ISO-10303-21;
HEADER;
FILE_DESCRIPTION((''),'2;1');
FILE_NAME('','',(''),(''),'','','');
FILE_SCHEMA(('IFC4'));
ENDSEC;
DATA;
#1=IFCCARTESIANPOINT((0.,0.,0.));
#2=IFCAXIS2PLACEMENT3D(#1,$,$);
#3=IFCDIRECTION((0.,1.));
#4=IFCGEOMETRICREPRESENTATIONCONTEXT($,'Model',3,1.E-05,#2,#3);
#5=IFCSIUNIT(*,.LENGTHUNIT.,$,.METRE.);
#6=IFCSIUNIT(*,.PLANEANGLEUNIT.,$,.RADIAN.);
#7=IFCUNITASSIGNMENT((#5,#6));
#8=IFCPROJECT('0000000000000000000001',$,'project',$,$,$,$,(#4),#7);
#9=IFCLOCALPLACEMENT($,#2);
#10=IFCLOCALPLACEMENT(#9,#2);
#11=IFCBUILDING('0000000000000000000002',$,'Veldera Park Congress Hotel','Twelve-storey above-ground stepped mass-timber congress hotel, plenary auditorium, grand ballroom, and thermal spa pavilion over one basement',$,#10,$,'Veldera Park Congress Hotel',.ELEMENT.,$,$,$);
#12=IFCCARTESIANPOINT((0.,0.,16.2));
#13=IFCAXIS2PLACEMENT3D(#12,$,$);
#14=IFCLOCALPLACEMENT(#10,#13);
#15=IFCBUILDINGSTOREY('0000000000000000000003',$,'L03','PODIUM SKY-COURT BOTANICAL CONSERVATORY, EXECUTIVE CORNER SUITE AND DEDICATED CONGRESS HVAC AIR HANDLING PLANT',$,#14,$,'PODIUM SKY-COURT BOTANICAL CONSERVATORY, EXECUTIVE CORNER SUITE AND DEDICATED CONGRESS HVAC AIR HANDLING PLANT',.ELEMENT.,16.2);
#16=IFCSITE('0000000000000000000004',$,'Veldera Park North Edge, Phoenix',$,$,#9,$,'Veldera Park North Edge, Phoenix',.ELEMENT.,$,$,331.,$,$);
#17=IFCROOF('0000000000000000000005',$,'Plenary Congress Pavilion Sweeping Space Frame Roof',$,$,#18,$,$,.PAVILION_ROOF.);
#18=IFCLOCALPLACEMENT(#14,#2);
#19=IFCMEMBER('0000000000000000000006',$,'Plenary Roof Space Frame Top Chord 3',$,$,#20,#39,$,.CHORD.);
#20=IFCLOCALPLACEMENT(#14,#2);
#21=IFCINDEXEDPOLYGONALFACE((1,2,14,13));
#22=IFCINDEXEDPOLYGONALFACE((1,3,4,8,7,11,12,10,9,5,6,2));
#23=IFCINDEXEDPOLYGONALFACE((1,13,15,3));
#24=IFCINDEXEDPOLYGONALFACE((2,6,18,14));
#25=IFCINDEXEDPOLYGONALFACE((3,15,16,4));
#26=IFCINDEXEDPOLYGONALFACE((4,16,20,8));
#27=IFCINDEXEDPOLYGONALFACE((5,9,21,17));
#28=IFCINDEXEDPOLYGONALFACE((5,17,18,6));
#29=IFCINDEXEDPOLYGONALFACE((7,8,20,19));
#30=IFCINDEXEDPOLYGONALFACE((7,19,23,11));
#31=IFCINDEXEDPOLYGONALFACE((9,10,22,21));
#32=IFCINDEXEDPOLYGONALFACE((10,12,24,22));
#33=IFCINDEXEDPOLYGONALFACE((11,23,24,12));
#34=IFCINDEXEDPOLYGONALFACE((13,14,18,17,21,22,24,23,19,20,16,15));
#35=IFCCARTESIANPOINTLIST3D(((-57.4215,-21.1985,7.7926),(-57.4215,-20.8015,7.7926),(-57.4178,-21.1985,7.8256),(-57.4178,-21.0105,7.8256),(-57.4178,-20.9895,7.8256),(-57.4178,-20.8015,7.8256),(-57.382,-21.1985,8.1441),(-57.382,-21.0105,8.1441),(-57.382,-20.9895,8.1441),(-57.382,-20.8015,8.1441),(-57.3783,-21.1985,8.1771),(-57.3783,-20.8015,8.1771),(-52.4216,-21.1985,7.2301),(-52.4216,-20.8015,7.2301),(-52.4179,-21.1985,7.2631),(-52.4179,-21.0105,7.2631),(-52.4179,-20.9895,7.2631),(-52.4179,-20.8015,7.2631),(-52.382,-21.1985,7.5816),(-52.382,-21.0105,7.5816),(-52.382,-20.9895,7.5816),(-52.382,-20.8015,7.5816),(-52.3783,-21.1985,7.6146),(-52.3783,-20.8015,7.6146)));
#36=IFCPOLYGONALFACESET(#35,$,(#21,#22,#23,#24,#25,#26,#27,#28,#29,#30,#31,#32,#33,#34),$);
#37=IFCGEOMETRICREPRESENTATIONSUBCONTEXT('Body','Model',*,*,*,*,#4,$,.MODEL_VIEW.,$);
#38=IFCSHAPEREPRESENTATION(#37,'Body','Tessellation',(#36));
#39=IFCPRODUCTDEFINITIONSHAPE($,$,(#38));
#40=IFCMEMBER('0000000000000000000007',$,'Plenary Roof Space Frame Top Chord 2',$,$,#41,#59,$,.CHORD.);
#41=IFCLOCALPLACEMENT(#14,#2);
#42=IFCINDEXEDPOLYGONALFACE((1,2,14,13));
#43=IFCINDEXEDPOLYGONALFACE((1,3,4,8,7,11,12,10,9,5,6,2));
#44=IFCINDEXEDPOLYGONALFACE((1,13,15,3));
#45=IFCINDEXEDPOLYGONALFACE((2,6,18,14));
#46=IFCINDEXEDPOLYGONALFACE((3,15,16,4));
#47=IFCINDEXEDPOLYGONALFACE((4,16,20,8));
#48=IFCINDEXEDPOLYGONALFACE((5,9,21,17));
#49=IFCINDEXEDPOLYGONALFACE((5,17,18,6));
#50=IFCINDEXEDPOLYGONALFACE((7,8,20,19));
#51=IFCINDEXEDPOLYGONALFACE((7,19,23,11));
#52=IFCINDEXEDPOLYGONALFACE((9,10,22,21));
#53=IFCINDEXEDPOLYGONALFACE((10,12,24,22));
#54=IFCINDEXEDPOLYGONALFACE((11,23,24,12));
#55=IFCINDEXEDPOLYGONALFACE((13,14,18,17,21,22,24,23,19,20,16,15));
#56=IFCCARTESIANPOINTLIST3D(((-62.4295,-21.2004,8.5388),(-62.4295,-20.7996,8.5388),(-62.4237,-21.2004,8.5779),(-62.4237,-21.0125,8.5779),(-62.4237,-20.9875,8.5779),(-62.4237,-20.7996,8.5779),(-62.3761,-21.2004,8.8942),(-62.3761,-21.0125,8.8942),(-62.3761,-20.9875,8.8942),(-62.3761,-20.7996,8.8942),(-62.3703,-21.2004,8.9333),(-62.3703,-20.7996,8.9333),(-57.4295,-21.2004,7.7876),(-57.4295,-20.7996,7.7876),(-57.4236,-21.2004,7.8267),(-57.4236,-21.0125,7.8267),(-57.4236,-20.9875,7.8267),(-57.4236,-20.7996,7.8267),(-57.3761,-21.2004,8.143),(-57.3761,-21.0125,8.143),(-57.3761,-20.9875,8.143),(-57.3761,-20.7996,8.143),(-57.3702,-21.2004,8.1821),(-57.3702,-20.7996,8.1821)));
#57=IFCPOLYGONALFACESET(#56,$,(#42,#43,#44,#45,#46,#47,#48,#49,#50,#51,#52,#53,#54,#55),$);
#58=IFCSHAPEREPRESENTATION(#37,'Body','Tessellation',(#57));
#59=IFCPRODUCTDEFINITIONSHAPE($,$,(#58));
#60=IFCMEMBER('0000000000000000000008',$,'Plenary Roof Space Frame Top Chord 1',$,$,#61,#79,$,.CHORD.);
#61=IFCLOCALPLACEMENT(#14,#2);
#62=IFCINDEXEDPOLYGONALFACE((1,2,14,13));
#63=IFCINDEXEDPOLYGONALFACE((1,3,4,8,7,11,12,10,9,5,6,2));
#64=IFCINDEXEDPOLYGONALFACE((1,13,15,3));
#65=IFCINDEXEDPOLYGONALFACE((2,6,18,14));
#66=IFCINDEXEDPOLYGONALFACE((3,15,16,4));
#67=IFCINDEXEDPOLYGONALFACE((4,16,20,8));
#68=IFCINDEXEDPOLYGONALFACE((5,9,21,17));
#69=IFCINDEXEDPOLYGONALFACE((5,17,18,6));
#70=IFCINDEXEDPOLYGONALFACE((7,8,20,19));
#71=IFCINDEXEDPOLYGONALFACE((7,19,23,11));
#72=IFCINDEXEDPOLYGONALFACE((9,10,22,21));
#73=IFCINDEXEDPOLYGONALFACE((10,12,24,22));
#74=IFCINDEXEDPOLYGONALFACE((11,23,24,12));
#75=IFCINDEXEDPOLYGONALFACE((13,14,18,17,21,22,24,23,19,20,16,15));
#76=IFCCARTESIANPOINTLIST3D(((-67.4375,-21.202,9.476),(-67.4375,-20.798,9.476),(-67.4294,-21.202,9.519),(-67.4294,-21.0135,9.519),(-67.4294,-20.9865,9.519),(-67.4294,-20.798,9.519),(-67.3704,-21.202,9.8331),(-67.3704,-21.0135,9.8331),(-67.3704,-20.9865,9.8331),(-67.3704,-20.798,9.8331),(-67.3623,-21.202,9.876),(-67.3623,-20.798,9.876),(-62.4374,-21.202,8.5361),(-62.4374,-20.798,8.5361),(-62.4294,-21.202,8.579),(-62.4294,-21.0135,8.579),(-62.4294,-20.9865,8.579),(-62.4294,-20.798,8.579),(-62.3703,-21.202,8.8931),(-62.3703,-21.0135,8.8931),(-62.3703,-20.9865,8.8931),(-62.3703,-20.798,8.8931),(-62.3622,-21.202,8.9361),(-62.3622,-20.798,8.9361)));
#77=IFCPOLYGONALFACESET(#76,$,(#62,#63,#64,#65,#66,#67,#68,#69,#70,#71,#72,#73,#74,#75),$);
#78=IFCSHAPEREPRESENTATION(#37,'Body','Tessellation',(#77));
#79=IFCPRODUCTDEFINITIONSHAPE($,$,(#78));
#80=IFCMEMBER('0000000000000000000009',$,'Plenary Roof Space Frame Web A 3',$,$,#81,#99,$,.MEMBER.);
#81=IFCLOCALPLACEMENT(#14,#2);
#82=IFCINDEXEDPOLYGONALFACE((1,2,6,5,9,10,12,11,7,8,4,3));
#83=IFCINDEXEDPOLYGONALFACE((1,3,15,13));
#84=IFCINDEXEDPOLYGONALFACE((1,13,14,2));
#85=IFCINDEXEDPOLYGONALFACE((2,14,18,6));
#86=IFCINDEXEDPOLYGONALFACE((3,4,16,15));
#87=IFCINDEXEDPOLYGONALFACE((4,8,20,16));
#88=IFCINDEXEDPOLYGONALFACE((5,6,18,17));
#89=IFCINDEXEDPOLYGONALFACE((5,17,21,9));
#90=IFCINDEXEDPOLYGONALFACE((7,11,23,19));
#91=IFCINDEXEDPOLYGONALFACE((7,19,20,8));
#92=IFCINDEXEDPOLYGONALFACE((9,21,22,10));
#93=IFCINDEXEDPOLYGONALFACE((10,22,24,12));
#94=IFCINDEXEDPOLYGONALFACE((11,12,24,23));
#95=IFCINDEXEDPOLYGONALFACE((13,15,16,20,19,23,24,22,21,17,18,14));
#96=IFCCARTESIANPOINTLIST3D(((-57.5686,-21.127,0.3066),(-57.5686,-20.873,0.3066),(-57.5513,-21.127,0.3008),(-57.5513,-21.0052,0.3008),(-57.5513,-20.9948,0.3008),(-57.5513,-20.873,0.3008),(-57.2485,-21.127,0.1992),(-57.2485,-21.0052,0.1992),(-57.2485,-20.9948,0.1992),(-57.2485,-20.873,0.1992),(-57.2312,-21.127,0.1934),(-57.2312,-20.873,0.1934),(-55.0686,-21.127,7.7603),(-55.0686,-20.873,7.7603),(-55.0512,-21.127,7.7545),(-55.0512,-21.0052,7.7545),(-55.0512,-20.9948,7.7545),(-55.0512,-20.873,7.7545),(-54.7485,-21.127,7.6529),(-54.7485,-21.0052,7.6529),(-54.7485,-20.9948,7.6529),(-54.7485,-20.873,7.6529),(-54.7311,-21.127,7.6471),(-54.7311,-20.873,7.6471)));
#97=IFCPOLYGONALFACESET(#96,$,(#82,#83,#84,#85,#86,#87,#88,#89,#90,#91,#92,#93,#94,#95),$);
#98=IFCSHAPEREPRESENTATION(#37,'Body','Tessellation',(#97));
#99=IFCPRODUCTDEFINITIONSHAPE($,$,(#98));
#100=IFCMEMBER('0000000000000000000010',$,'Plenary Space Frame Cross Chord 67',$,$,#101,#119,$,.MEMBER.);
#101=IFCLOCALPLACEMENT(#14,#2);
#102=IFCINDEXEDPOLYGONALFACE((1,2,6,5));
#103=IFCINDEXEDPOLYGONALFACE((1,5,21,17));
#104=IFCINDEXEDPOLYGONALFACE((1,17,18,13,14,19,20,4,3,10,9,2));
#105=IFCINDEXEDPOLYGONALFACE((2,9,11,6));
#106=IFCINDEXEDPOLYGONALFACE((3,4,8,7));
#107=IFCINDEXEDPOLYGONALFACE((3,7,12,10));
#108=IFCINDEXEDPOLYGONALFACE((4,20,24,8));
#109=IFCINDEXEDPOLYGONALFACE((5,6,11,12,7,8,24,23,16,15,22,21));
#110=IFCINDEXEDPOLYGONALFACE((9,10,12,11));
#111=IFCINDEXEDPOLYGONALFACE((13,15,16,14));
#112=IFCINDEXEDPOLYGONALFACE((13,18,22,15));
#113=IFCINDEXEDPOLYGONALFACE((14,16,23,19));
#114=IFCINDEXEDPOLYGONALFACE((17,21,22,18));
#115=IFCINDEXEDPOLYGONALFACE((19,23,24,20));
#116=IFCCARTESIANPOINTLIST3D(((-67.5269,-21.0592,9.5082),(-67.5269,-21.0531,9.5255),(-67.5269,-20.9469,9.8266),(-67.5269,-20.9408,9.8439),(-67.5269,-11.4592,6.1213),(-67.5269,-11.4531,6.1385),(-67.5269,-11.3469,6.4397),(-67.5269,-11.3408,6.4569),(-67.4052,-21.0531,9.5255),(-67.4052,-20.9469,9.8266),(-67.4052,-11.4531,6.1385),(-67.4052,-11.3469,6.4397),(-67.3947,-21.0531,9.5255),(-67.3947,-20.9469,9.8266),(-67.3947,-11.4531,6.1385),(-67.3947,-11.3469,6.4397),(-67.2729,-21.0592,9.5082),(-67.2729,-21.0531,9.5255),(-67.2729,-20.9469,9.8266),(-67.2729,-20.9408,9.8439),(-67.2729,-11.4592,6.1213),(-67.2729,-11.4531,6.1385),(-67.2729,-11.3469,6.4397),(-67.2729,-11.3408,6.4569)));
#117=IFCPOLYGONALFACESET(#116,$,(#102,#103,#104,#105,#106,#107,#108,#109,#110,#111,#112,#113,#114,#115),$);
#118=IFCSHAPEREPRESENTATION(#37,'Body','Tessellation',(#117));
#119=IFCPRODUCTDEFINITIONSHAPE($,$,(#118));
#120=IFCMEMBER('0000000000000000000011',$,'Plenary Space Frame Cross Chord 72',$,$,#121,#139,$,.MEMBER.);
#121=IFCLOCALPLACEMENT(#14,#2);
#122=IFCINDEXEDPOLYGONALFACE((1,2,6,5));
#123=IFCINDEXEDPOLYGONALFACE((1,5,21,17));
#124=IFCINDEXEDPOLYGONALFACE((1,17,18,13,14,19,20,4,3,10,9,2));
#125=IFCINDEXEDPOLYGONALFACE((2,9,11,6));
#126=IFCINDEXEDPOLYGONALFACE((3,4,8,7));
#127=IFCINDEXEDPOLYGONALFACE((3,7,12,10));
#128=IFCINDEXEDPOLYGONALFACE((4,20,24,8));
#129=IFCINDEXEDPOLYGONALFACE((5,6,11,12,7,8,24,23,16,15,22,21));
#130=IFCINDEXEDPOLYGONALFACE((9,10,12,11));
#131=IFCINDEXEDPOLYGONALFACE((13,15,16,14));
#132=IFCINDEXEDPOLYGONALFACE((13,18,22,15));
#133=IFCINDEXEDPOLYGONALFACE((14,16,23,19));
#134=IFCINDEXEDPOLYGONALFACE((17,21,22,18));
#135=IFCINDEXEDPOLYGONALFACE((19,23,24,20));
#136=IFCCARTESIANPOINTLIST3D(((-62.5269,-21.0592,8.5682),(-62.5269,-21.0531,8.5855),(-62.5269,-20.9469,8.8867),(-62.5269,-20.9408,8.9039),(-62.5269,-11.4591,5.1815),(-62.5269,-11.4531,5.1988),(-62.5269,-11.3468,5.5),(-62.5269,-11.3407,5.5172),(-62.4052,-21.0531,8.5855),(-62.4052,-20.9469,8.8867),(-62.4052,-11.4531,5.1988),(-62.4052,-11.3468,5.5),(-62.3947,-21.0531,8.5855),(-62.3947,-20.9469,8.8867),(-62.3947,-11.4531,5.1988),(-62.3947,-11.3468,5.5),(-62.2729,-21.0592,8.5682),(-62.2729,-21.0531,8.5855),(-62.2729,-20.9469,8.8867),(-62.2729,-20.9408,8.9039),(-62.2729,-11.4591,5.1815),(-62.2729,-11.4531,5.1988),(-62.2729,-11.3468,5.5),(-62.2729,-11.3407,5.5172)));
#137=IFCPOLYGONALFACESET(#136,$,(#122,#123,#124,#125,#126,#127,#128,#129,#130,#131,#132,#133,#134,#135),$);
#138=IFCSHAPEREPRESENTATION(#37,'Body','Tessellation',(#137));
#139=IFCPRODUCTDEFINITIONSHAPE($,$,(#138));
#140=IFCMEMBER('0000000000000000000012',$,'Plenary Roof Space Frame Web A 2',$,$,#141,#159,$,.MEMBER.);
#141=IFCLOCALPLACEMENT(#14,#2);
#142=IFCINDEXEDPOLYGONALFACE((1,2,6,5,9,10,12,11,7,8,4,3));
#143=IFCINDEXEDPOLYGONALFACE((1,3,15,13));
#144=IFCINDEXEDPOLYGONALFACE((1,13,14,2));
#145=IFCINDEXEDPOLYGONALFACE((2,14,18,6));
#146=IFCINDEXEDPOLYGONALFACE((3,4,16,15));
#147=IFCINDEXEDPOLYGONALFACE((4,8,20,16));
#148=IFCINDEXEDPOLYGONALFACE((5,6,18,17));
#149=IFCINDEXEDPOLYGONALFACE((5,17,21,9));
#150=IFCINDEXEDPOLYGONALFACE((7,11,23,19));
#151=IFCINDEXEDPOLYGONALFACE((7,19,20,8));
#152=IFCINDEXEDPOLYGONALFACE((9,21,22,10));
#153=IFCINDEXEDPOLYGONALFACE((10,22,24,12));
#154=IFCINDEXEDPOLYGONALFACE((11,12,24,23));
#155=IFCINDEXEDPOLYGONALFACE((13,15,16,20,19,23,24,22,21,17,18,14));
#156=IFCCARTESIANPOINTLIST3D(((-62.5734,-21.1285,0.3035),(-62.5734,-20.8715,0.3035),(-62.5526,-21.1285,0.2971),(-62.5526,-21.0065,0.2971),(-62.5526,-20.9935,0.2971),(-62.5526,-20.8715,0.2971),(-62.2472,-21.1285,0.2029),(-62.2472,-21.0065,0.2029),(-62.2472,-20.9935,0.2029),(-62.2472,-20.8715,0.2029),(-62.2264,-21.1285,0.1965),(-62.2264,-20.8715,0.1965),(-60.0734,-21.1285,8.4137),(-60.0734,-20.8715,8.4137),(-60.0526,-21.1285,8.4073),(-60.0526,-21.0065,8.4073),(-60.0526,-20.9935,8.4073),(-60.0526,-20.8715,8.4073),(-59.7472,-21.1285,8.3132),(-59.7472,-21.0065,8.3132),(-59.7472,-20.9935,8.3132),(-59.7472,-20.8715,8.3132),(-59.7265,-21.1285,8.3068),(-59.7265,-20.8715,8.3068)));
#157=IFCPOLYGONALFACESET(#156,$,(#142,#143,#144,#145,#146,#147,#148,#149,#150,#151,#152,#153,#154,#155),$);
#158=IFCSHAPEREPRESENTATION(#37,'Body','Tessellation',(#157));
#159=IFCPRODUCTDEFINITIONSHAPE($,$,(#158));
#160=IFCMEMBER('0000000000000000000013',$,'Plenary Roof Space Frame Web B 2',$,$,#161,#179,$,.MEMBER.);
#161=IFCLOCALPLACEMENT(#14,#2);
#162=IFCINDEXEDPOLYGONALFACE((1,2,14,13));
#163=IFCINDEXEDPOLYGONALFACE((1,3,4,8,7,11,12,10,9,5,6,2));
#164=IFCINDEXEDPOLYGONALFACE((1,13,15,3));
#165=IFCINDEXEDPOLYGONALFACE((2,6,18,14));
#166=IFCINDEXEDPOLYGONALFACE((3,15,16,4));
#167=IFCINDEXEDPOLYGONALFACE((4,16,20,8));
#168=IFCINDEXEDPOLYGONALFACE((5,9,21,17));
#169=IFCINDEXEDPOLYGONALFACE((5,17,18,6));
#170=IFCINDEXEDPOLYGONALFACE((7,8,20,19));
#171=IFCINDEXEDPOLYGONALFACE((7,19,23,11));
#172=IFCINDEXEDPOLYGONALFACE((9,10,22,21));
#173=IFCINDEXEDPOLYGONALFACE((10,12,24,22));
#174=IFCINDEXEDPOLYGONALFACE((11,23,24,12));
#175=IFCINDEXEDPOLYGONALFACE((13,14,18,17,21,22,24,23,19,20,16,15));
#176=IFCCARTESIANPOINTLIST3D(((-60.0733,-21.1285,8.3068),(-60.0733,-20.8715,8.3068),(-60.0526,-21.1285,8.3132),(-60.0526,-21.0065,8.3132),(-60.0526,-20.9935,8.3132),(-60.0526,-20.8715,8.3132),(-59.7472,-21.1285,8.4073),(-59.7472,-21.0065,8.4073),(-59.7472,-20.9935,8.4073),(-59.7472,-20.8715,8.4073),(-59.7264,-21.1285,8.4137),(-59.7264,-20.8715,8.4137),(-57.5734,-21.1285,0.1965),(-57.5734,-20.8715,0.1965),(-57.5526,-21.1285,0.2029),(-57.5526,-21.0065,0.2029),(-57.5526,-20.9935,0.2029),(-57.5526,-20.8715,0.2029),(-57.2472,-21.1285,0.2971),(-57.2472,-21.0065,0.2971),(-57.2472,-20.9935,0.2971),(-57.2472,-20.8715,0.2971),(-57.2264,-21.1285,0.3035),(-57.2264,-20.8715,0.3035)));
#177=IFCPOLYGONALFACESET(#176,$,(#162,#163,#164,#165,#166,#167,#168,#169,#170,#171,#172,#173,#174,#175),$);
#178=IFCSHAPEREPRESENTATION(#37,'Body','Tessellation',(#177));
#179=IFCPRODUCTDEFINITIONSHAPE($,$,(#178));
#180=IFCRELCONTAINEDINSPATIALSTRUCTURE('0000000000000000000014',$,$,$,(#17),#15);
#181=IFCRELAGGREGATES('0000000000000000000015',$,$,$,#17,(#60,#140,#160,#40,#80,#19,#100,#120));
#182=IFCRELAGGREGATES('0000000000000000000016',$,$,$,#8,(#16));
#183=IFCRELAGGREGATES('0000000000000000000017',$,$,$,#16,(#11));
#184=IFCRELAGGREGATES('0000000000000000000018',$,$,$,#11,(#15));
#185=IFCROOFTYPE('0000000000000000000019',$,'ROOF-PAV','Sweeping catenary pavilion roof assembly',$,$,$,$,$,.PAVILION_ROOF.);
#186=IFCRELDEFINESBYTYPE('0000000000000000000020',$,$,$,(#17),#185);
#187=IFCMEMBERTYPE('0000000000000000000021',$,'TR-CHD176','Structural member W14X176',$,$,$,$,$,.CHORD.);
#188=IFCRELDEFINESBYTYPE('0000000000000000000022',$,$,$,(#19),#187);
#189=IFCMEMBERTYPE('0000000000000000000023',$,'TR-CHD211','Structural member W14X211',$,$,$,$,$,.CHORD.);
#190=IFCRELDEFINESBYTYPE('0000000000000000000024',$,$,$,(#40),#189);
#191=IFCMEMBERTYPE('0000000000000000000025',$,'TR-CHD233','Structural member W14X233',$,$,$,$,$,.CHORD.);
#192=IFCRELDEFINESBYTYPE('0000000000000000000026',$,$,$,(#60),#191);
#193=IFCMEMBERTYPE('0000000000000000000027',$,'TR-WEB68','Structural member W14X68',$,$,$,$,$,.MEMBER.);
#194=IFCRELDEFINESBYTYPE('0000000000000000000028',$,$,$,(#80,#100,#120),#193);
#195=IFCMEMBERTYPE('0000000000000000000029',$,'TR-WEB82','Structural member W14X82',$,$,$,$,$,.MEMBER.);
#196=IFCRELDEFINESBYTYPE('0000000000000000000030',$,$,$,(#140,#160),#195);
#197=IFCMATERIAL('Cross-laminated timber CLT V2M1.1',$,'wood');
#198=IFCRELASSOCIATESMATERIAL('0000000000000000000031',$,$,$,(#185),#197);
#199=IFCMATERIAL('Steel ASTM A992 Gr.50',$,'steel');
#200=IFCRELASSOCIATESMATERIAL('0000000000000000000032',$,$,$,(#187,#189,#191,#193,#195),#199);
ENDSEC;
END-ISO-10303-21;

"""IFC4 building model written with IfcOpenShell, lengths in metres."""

from ifc_helpers import new_model, si_unit, direction, frame, origin, origin_2d, place, context, subcontext, project, spatial, i_section, extrude, material, material_profile, profile_set, type_object, element, aggregate, save


model = new_model("IFC4")

# Units and contexts
model_context = context("Model", 3, precision=1e-05, world=origin(), true_north=direction((0.0, 1.0)))
body_context = subcontext(model_context, "Body", "Model", "MODEL_VIEW")
ifc_project = project(units=[si_unit("LENGTHUNIT", "METRE"), si_unit("PLANEANGLEUNIT", "RADIAN")], contexts=[model_context])

# Site, building, storey
site_placement = place(None, origin())
site = spatial("IfcSite", under=ifc_project, at=site_placement, Name="Veldera Park North Edge, Phoenix", LongName="Veldera Park North Edge, Phoenix", CompositionType="ELEMENT", RefElevation=331.0)
building_placement = place(site_placement, origin())
building = spatial("IfcBuilding", under=site, at=building_placement, Name="Veldera Park Congress Hotel", Description="Twelve-storey above-ground stepped mass-timber congress hotel, plenary auditorium, grand ballroom, and thermal spa pavilion over one basement", LongName="Veldera Park Congress Hotel", CompositionType="ELEMENT")
storey_placement = place(building_placement, frame((0.0, 0.0, 16.2)))
storey = spatial("IfcBuildingStorey", under=building, at=storey_placement, Name="L03", Description="PODIUM SKY-COURT BOTANICAL CONSERVATORY, EXECUTIVE CORNER SUITE AND DEDICATED CONGRESS HVAC AIR HANDLING PLANT", LongName="PODIUM SKY-COURT BOTANICAL CONSERVATORY, EXECUTIVE CORNER SUITE AND DEDICATED CONGRESS HVAC AIR HANDLING PLANT", CompositionType="ELEMENT", Elevation=16.2)

# Shared definitions
ifc_material_1 = material(Name="Steel ASTM A992 Gr.50", Category="steel")

# Roof, members
ifc_material_2 = material(Name="Cross-laminated timber CLT V2M1.1", Category="wood")
roof_type_1 = type_object("IfcRoofType", Name="ROOF-PAV", Description="Sweeping catenary pavilion roof assembly", PredefinedType="PAVILION_ROOF", material=ifc_material_2)
roof_1_placement = place(storey_placement, origin())
roof_1 = element("IfcRoof", 1, at=roof_1_placement, inside=storey, type_object=roof_type_1, Name="Plenary Congress Pavilion Sweeping Space Frame Roof", PredefinedType="PAVILION_ROOF")
ifc_material_profile_1 = material_profile(ifc_material_1, i_section(OverallWidth=0.397, OverallDepth=0.387, WebThickness=0.021, FlangeThickness=0.0332, at=origin_2d()), Name="W14X176")
ifc_profile_set_1 = profile_set([ifc_material_profile_1], Name="Steel ASTM A992 Gr.50")
member_type_1 = type_object("IfcMemberType", Name="TR-CHD176", Description="Structural member W14X176", PredefinedType="CHORD", material=ifc_profile_set_1)
member_1_placement = place(storey_placement, frame((-57.3999, -21.0, 7.9849), z_axis=(0.993731, 0.0, -0.111795), x_axis=(0.0, 1.0, 0.0)))
member_1 = element("IfcMember", 2, at=member_1_placement, type_object=member_type_1, Name="Plenary Roof Space Frame Top Chord 3", PredefinedType="CHORD", context=body_context, shape_type="SweptSolid", body=[
    extrude(i_section(OverallWidth=0.397, OverallDepth=0.387, WebThickness=0.021, FlangeThickness=0.0332, at=origin_2d()), origin(), (0.0, 0.0, 1.0), 5.0315),
])
ifc_material_profile_2 = material_profile(ifc_material_1, i_section(OverallWidth=0.4009, OverallDepth=0.3989, WebThickness=0.0249, FlangeThickness=0.0396, at=origin_2d()), Name="W14X211")
ifc_profile_set_2 = profile_set([ifc_material_profile_2], Name="Steel ASTM A992 Gr.50")
member_type_2 = type_object("IfcMemberType", Name="TR-CHD211", Description="Structural member W14X211", PredefinedType="CHORD", material=ifc_profile_set_2)
member_2_placement = place(storey_placement, frame((-62.3999, -21.0, 8.7361), z_axis=(0.988901, 0.0, -0.148577), x_axis=(0.0, 1.0, 0.0)))
member_2 = element("IfcMember", 3, at=member_2_placement, type_object=member_type_2, Name="Plenary Roof Space Frame Top Chord 2", PredefinedType="CHORD", context=body_context, shape_type="SweptSolid", body=[
    extrude(i_section(OverallWidth=0.4009, OverallDepth=0.3989, WebThickness=0.0249, FlangeThickness=0.0396, at=origin_2d()), origin(), (0.0, 0.0, 1.0), 5.0562),
])
ifc_material_profile_3 = material_profile(ifc_material_1, i_section(OverallWidth=0.4041, OverallDepth=0.407, WebThickness=0.0271, FlangeThickness=0.0437, at=origin_2d()), Name="W14X233")
ifc_profile_set_3 = profile_set([ifc_material_profile_3], Name="Steel ASTM A992 Gr.50")
member_type_3 = type_object("IfcMemberType", Name="TR-CHD233", Description="Structural member W14X233", PredefinedType="CHORD", material=ifc_profile_set_3)
member_3_placement = place(storey_placement, frame((-67.3999, -21.0, 9.676), z_axis=(0.982785, 0.0, -0.184752), x_axis=(0.0, 1.0, 0.0)))
member_3 = element("IfcMember", 4, at=member_3_placement, type_object=member_type_3, Name="Plenary Roof Space Frame Top Chord 1", PredefinedType="CHORD", context=body_context, shape_type="SweptSolid", body=[
    extrude(i_section(OverallWidth=0.4041, OverallDepth=0.407, WebThickness=0.0271, FlangeThickness=0.0437, at=origin_2d()), origin(), (0.0, 0.0, 1.0), 5.0876),
])
ifc_material_profile_4 = material_profile(ifc_material_1, i_section(OverallWidth=0.2539, OverallDepth=0.356, WebThickness=0.0105, FlangeThickness=0.0183, at=origin_2d()), Name="W14X68")
ifc_profile_set_4 = profile_set([ifc_material_profile_4], Name="Steel ASTM A992 Gr.50")
member_type_4 = type_object("IfcMemberType", Name="TR-WEB68", Description="Structural member W14X68", PredefinedType="MEMBER", material=ifc_profile_set_4)
member_4_placement = place(storey_placement, frame((-57.3999, -21.0, 0.25), z_axis=(0.317997, 0.0, 0.948092), x_axis=(0.0, 1.0, 0.0)))
member_4 = element("IfcMember", 5, at=member_4_placement, type_object=member_type_4, Name="Plenary Roof Space Frame Web A 3", PredefinedType="MEMBER", context=body_context, shape_type="SweptSolid", body=[
    extrude(i_section(OverallWidth=0.2539, OverallDepth=0.356, WebThickness=0.0105, FlangeThickness=0.0183, at=origin_2d()), origin(), (0.0, 0.0, 1.0), 7.8618),
])
member_5_placement = place(storey_placement, frame((-67.3999, -21.0, 9.676), z_axis=(0.0, 0.943031, -0.332706), x_axis=(-1.0, 0.0, 0.0)))
member_5 = element("IfcMember", 6, at=member_5_placement, type_object=member_type_4, Name="Plenary Space Frame Cross Chord 67", PredefinedType="MEMBER", context=body_context, shape_type="SweptSolid", body=[
    extrude(i_section(OverallWidth=0.2539, OverallDepth=0.356, WebThickness=0.0105, FlangeThickness=0.0183, at=origin_2d()), origin(), (0.0, 0.0, 1.0), 10.1799),
])
member_6_placement = place(storey_placement, frame((-62.3999, -21.0, 8.7361), z_axis=(0.0, 0.943038, -0.332685), x_axis=(-1.0, 0.0, 0.0)))
member_6 = element("IfcMember", 7, at=member_6_placement, type_object=member_type_4, Name="Plenary Space Frame Cross Chord 72", PredefinedType="MEMBER", context=body_context, shape_type="SweptSolid", body=[
    extrude(i_section(OverallWidth=0.2539, OverallDepth=0.356, WebThickness=0.0105, FlangeThickness=0.0183, at=origin_2d()), origin(), (0.0, 0.0, 1.0), 10.1799),
])
ifc_material_profile_5 = material_profile(ifc_material_1, i_section(OverallWidth=0.2571, OverallDepth=0.363, WebThickness=0.0129, FlangeThickness=0.0217, at=origin_2d()), Name="W14X82")
ifc_profile_set_5 = profile_set([ifc_material_profile_5], Name="Steel ASTM A992 Gr.50")
member_type_5 = type_object("IfcMemberType", Name="TR-WEB82", Description="Structural member W14X82", PredefinedType="MEMBER", material=ifc_profile_set_5)
member_7_placement = place(storey_placement, frame((-62.3999, -21.0, 0.25), z_axis=(0.294571, 0.0, 0.95563), x_axis=(0.0, 1.0, 0.0)))
member_7 = element("IfcMember", 8, at=member_7_placement, type_object=member_type_5, Name="Plenary Roof Space Frame Web A 2", PredefinedType="MEMBER", context=body_context, shape_type="SweptSolid", body=[
    extrude(i_section(OverallWidth=0.2571, OverallDepth=0.363, WebThickness=0.0129, FlangeThickness=0.0217, at=origin_2d()), origin(), (0.0, 0.0, 1.0), 8.4868),
])
member_8_placement = place(storey_placement, frame((-57.3999, -21.0, 0.25), z_axis=(-0.294571, 0.0, 0.95563), x_axis=(0.0, -1.0, 0.0)))
member_8 = element("IfcMember", 9, at=member_8_placement, type_object=member_type_5, Name="Plenary Roof Space Frame Web B 2", PredefinedType="MEMBER", context=body_context, shape_type="SweptSolid", body=[
    extrude(i_section(OverallWidth=0.2571, OverallDepth=0.363, WebThickness=0.0129, FlangeThickness=0.0217, at=origin_2d()), origin(), (0.0, 0.0, 1.0), 8.4868),
])

aggregate(roof_1, [member_3, member_7, member_8, member_2, member_4, member_1, member_5, member_6])

save(model, "model.ifc")
